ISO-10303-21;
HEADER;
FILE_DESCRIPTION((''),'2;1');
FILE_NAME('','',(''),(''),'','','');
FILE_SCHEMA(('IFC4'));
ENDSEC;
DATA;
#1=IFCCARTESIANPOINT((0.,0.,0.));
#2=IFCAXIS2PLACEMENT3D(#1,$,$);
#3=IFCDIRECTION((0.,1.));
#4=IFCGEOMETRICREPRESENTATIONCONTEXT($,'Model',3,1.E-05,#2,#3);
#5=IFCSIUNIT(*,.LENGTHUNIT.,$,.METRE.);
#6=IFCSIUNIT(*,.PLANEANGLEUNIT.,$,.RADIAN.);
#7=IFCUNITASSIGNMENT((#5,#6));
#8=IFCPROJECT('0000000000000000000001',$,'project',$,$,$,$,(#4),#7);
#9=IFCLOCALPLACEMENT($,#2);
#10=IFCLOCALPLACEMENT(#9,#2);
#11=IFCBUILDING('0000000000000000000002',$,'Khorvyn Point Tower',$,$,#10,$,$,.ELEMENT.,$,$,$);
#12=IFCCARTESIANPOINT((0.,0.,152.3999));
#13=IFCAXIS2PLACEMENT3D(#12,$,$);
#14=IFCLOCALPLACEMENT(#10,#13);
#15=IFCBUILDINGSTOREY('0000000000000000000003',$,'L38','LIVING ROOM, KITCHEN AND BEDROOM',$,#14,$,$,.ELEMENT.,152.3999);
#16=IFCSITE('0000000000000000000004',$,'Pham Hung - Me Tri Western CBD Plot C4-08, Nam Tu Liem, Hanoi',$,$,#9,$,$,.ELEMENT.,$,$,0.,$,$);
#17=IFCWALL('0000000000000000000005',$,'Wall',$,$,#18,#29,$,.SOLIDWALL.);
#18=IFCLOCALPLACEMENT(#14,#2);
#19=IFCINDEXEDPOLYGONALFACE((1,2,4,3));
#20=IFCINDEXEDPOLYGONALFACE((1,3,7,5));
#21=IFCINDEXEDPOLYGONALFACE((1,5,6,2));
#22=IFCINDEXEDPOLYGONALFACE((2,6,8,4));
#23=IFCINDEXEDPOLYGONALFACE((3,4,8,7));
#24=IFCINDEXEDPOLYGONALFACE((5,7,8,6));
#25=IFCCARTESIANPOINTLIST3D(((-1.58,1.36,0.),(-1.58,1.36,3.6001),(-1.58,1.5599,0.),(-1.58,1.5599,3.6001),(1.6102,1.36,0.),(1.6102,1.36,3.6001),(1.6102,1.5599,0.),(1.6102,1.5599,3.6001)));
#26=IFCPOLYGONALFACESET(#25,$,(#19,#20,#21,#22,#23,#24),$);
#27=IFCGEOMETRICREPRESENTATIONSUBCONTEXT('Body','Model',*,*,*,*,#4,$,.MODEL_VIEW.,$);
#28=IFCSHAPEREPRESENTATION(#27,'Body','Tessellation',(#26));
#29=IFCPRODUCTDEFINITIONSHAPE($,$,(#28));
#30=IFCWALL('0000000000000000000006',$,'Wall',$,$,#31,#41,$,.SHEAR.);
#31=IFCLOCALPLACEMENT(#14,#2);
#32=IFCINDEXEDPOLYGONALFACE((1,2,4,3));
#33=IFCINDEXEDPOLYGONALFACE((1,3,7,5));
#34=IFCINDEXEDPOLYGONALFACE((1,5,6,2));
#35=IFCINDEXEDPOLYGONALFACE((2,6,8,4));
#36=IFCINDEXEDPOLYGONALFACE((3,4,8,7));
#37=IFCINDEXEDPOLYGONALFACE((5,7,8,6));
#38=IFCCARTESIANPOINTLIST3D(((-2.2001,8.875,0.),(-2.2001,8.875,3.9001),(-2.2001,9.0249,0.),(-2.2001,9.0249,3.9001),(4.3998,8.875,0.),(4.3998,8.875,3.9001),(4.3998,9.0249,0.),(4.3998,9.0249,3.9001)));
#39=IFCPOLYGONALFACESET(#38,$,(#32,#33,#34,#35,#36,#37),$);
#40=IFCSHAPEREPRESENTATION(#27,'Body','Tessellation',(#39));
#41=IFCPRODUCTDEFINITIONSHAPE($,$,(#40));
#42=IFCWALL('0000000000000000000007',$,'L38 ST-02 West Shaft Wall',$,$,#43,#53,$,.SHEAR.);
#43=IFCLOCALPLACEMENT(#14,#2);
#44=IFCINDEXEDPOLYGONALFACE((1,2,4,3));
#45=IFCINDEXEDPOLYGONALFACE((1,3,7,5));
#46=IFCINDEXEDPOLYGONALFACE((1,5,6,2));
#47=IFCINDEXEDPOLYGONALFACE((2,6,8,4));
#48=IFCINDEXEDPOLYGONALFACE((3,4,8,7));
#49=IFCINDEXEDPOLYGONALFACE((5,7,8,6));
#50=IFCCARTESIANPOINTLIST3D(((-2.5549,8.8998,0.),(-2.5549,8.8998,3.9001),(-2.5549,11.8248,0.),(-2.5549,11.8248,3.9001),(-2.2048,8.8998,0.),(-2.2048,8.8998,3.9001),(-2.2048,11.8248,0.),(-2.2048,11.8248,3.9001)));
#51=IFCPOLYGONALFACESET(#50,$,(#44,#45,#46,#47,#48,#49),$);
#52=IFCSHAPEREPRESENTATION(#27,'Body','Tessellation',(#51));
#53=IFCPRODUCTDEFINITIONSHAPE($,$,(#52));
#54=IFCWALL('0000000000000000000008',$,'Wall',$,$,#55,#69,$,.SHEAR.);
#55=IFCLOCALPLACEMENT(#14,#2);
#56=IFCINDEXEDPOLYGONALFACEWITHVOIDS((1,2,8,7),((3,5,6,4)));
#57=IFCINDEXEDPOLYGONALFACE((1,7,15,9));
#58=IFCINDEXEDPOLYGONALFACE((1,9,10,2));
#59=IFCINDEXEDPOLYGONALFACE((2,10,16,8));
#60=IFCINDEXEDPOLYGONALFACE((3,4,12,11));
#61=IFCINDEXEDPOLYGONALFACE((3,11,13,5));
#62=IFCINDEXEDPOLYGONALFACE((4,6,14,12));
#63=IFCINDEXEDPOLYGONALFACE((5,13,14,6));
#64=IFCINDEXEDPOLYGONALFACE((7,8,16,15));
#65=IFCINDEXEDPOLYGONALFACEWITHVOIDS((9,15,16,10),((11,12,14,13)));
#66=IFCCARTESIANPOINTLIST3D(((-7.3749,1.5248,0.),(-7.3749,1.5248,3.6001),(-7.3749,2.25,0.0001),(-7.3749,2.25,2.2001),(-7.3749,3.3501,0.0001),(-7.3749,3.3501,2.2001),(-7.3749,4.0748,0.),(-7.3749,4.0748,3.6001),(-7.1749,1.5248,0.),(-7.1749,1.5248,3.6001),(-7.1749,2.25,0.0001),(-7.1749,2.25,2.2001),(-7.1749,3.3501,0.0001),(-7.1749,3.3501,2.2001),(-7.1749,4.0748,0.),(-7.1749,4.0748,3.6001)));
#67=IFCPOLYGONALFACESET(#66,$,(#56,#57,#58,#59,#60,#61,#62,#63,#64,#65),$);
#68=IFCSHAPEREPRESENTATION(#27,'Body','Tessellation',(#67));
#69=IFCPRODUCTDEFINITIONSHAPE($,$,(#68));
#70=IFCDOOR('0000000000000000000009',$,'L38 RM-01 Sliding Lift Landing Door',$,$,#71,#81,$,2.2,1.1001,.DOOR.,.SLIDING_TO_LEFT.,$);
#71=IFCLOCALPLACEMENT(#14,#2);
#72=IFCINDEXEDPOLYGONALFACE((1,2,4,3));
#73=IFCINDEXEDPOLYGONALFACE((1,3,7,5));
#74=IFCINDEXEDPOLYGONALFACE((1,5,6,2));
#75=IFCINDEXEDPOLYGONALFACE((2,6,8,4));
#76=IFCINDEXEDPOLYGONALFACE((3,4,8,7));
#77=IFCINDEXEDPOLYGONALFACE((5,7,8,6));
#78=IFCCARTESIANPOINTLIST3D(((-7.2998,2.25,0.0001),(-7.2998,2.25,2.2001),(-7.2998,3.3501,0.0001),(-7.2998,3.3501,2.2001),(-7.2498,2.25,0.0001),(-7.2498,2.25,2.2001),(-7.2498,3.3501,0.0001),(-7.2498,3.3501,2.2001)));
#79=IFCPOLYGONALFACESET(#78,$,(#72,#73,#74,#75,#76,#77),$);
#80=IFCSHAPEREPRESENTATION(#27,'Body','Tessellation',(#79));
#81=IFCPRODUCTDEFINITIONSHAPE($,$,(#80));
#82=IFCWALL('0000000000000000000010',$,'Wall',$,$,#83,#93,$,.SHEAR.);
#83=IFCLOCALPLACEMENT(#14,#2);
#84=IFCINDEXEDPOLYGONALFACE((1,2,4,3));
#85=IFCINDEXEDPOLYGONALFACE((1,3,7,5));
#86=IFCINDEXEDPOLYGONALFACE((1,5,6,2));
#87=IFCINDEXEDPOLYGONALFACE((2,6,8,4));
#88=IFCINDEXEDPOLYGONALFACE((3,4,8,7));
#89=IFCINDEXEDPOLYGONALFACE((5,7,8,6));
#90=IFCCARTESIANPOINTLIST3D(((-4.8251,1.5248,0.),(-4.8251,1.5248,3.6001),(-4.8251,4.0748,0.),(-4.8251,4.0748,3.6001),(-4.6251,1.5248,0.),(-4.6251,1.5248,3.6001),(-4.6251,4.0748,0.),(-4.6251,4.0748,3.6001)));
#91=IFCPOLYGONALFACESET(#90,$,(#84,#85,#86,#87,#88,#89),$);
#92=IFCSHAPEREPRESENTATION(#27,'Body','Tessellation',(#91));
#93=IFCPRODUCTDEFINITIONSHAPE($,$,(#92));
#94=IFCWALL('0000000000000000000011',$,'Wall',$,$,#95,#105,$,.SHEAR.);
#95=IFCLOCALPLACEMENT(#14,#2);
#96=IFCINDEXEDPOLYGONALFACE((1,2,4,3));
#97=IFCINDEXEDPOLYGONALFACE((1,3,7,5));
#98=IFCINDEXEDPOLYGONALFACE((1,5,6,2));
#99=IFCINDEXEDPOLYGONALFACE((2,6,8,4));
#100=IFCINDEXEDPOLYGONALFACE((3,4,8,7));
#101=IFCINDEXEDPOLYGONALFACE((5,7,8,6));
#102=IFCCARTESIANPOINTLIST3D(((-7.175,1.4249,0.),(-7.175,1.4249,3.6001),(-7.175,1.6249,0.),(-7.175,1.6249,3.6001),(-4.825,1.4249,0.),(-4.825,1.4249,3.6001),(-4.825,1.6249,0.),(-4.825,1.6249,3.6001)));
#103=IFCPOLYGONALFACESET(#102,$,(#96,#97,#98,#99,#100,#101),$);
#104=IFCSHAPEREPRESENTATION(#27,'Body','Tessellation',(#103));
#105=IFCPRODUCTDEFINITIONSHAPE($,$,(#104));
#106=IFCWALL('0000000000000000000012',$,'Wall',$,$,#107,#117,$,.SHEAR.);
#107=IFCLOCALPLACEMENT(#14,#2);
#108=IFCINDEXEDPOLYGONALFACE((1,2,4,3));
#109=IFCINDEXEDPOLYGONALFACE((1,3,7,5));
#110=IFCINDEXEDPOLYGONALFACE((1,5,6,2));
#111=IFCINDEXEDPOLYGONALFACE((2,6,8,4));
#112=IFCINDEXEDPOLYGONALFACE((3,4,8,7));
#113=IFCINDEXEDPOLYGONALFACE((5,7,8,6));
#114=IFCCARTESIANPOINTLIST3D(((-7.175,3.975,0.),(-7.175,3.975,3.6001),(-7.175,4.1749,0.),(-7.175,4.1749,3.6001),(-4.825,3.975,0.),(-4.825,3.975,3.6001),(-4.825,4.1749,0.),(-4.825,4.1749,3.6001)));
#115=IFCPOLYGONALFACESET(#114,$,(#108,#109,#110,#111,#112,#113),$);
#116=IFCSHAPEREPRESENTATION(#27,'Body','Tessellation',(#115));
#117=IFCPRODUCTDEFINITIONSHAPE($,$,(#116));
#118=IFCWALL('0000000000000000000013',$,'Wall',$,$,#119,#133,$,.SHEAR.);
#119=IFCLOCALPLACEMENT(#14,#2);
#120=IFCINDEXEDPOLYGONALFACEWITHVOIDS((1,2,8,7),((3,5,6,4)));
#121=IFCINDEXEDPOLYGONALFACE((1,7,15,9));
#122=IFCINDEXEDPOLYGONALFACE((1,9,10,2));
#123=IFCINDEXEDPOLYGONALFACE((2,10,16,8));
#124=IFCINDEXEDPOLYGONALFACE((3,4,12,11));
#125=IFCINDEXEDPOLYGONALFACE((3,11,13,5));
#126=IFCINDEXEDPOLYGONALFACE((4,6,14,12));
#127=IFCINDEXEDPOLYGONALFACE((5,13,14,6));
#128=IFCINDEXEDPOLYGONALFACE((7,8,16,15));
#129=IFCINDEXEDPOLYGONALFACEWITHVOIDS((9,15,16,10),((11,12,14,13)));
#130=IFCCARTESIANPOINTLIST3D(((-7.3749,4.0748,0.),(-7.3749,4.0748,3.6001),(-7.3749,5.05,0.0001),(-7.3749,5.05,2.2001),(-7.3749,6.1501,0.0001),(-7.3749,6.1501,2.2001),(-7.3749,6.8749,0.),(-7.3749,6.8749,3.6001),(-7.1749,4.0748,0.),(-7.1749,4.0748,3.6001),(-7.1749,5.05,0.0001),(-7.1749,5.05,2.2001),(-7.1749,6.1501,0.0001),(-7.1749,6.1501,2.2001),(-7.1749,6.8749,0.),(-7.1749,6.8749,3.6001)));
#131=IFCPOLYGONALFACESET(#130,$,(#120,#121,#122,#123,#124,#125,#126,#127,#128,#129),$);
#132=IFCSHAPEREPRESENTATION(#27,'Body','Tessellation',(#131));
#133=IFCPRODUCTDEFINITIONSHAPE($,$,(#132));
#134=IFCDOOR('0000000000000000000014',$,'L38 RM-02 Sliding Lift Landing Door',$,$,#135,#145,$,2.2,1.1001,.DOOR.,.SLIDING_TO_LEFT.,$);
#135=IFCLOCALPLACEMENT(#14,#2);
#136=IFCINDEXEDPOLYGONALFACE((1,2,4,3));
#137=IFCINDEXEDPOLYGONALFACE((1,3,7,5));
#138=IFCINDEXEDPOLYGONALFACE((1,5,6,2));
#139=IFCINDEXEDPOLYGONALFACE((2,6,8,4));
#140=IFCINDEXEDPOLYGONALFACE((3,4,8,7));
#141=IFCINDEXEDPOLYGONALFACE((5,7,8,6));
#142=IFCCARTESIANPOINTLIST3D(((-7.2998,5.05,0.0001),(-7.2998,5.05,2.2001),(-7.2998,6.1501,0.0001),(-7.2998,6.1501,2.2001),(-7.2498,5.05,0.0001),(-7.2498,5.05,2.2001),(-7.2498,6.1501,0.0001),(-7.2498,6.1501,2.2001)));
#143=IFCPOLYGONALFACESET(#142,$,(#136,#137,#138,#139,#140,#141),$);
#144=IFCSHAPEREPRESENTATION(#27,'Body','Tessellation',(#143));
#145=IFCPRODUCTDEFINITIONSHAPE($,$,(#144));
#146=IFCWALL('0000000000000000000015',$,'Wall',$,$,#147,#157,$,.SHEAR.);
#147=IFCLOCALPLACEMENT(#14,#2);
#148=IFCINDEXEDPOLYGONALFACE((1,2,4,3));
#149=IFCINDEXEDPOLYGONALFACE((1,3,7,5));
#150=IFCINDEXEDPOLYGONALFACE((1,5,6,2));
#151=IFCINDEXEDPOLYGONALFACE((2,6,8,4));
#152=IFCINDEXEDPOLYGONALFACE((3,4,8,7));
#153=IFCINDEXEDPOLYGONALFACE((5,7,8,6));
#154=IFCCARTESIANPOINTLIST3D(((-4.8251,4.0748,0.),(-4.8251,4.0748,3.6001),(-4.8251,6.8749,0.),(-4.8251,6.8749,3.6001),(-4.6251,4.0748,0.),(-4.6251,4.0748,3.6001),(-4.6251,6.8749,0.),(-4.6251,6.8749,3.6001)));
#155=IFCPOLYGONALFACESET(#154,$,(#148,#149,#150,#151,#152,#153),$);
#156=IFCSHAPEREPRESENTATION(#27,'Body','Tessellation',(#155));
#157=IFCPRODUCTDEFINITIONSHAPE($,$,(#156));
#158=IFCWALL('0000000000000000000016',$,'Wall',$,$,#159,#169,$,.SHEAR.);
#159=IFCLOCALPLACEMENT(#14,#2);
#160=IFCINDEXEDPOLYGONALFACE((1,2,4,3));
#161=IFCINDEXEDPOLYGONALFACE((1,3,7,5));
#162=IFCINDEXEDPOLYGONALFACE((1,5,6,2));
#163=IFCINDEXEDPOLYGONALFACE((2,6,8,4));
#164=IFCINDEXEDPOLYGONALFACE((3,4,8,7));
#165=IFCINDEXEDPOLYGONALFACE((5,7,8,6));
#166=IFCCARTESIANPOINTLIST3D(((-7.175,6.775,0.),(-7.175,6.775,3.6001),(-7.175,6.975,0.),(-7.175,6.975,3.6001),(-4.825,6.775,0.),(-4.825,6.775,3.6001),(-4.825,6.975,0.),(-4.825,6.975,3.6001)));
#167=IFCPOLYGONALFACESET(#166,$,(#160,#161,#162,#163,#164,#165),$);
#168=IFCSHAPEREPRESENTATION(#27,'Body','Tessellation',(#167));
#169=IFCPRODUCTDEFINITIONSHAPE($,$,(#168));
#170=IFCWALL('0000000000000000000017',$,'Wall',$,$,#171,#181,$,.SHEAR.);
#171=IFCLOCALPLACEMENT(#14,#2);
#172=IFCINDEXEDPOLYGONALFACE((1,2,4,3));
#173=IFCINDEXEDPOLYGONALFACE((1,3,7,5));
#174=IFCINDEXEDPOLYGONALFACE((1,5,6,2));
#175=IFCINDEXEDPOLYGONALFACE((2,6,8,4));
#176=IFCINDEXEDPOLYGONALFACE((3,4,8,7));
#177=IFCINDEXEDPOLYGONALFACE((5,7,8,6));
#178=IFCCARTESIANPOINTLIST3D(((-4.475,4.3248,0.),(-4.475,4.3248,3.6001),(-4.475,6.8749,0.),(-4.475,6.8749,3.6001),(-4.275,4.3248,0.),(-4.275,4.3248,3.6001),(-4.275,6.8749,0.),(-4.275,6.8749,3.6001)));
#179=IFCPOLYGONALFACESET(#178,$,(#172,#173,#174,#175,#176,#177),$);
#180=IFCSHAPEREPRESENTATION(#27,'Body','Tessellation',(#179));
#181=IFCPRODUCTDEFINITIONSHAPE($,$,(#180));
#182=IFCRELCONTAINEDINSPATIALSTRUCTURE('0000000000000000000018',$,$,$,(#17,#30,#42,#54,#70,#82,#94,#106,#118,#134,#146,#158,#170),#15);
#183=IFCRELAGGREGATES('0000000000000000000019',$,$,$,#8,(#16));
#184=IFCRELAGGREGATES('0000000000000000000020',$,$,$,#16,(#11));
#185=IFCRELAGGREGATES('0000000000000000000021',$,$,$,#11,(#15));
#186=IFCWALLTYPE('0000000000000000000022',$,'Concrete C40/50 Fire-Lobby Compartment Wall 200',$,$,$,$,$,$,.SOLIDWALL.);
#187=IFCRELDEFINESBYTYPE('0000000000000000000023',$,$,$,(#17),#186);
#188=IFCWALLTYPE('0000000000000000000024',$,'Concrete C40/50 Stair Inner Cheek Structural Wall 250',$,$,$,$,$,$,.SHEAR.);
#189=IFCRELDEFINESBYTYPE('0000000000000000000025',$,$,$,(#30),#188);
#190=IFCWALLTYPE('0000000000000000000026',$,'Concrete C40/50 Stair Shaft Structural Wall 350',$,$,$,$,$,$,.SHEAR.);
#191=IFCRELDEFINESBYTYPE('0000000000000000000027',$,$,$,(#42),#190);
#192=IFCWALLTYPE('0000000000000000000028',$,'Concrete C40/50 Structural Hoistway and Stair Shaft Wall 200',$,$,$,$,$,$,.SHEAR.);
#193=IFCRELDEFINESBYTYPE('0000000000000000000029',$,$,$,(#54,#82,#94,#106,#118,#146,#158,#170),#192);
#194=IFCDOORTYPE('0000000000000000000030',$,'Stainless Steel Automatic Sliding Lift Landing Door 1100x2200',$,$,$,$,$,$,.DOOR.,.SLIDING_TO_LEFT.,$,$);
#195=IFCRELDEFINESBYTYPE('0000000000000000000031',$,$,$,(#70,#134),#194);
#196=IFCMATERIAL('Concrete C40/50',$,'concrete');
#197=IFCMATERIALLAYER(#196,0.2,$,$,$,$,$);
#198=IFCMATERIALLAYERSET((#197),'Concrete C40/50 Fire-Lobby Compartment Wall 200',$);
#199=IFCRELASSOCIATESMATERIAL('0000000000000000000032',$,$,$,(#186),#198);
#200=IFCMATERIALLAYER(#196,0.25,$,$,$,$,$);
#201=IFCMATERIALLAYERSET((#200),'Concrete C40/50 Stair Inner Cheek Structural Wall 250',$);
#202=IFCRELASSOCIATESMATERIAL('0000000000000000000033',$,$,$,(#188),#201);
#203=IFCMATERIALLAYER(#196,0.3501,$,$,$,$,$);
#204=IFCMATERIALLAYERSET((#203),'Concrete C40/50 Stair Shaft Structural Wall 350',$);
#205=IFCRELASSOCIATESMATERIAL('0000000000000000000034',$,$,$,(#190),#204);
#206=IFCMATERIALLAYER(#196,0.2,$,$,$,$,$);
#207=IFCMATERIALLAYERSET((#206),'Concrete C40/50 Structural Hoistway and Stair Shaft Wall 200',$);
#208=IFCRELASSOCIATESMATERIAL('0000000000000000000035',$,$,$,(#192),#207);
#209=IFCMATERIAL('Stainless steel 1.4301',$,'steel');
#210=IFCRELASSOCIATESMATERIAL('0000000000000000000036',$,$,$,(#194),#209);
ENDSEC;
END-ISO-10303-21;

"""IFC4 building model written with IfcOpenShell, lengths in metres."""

from ifc_helpers import new_model, si_unit, direction, frame, frame_2d, origin, place, context, subcontext, project, spatial, rectangle, extrude, material, layer, layer_set, type_object, element, fill, save


model = new_model("IFC4")

# Units and contexts
model_context = context("Model", 3, precision=1e-05, world=origin(), true_north=direction((0.0, 1.0)))
body_context = subcontext(model_context, "Body", "Model", "MODEL_VIEW")
ifc_project = project(units=[si_unit("LENGTHUNIT", "METRE"), si_unit("PLANEANGLEUNIT", "RADIAN")], contexts=[model_context])

# Site, building, storey
site_placement = place(None, origin())
site = spatial("IfcSite", under=ifc_project, at=site_placement, Name="Pham Hung - Me Tri Western CBD Plot C4-08, Nam Tu Liem, Hanoi", CompositionType="ELEMENT", RefElevation=0.0)
building_placement = place(site_placement, origin())
building = spatial("IfcBuilding", under=site, at=building_placement, Name="Khorvyn Point Tower", CompositionType="ELEMENT")
storey_placement = place(building_placement, frame((0.0, 0.0, 152.3999)))
storey = spatial("IfcBuildingStorey", under=building, at=storey_placement, Name="L38", Description="LIVING ROOM, KITCHEN AND BEDROOM", CompositionType="ELEMENT", Elevation=152.3999)

# Shared definitions
ifc_material_1 = material(Name="Concrete C40/50", Category="concrete")

# Walls
ifc_layer_1 = layer(ifc_material_1, 0.2)
ifc_layer_set_1 = layer_set([ifc_layer_1], Name="Concrete C40/50 Fire-Lobby Compartment Wall 200")
wall_type_1 = type_object("IfcWallType", Name="Concrete C40/50 Fire-Lobby Compartment Wall 200", PredefinedType="SOLIDWALL", material=ifc_layer_set_1)
wall_1_placement = place(storey_placement, frame((-1.5801, 1.46, 0.0), z_axis=(0.0, 0.0, 1.0), x_axis=(1.0, 0.0, 0.0)))
element("IfcWall", 1, at=wall_1_placement, inside=storey, type_object=wall_type_1, Name="Wall", PredefinedType="SOLIDWALL", context=body_context, shape_type="SweptSolid", body=[
    extrude(rectangle(XDim=3.1902, YDim=0.2, at=frame_2d((1.5952, 0.0))), origin(), (0.0, 0.0, 1.0), 3.6001),
])
ifc_layer_2 = layer(ifc_material_1, 0.25)
ifc_layer_set_2 = layer_set([ifc_layer_2], Name="Concrete C40/50 Stair Inner Cheek Structural Wall 250")
wall_type_2 = type_object("IfcWallType", Name="Concrete C40/50 Stair Inner Cheek Structural Wall 250", PredefinedType="SHEAR", material=ifc_layer_set_2)
wall_2_placement = place(storey_placement, frame((-2.2, 8.95, 0.0), z_axis=(0.0, 0.0, 1.0), x_axis=(1.0, 0.0, 0.0)))
element("IfcWall", 2, at=wall_2_placement, inside=storey, type_object=wall_type_2, Name="Wall", PredefinedType="SHEAR", context=body_context, shape_type="SweptSolid", body=[
    extrude(rectangle(XDim=6.5999, YDim=0.1499, at=frame_2d((3.2998, 0.0))), origin(), (0.0, 0.0, 1.0), 3.9001),
])
ifc_layer_3 = layer(ifc_material_1, 0.3501)
ifc_layer_set_3 = layer_set([ifc_layer_3], Name="Concrete C40/50 Stair Shaft Structural Wall 350")
wall_type_3 = type_object("IfcWallType", Name="Concrete C40/50 Stair Shaft Structural Wall 350", PredefinedType="SHEAR", material=ifc_layer_set_3)
wall_3_placement = place(storey_placement, frame((-2.3799, 8.8999, 0.0), z_axis=(0.0, 0.0, 1.0), x_axis=(0.0, 1.0, 0.0)))
element("IfcWall", 3, at=wall_3_placement, inside=storey, type_object=wall_type_3, Name="L38 ST-02 West Shaft Wall", PredefinedType="SHEAR", context=body_context, shape_type="SweptSolid", body=[
    extrude(rectangle(XDim=2.925, YDim=0.3501, at=frame_2d((1.4624, 0.0))), origin(), (0.0, 0.0, 1.0), 3.9001),
])

# Wall, opening, door
ifc_layer_4 = layer(ifc_material_1, 0.2)
ifc_layer_set_4 = layer_set([ifc_layer_4], Name="Concrete C40/50 Structural Hoistway and Stair Shaft Wall 200")
wall_type_4 = type_object("IfcWallType", Name="Concrete C40/50 Structural Hoistway and Stair Shaft Wall 200", PredefinedType="SHEAR", material=ifc_layer_set_4)
wall_4_placement = place(storey_placement, frame((-7.2749, 1.5249, 0.0), z_axis=(0.0, 0.0, 1.0), x_axis=(0.0, 1.0, 0.0)))
wall_4 = element("IfcWall", 4, at=wall_4_placement, inside=storey, type_object=wall_type_4, Name="Wall", PredefinedType="SHEAR", context=body_context, shape_type="SweptSolid", body=[
    extrude(rectangle(XDim=2.55, YDim=0.2, at=frame_2d((1.2749, 0.0))), origin(), (0.0, 0.0, 1.0), 3.6001),
])
opening_1_placement = place(wall_4_placement, frame((0.7251, 0.0, 0.0)))
opening_1 = element("IfcOpeningElement", 5, at=opening_1_placement, cuts=wall_4, PredefinedType="OPENING", context=body_context, shape_type="SweptSolid", body=[
    extrude(rectangle(XDim=1.1001, YDim=2.2, at=frame_2d((0.55, 1.1001))), frame((0.0, 0.1099, 0.0), z_axis=(0.0, -1.0, 0.0), x_axis=(1.0, 0.0, 0.0)), (0.0, 0.0, 1.0), 0.22),
])
ifc_material_2 = material(Name="Stainless steel 1.4301", Category="steel")
door_type = type_object("IfcDoorType", Name="Stainless Steel Automatic Sliding Lift Landing Door 1100x2200", OperationType="SLIDING_TO_LEFT", PredefinedType="DOOR", material=ifc_material_2)
door_1_placement = place(opening_1_placement, origin())
door_1 = element("IfcDoor", 6, at=door_1_placement, inside=storey, type_object=door_type, Name="L38 RM-01 Sliding Lift Landing Door", OperationType="SLIDING_TO_LEFT", OverallHeight=2.2, OverallWidth=1.1001, PredefinedType="DOOR", context=body_context, shape_type="SweptSolid", body=[
    extrude(rectangle(XDim=1.1001, YDim=2.2, at=frame_2d((0.55, 1.1001))), frame((0.0, 0.0249, 0.0), z_axis=(0.0, -1.0, 0.0), x_axis=(1.0, 0.0, 0.0)), (0.0, 0.0, 1.0), 0.05),
])
fill(opening_1, door_1)

# Walls
wall_5_placement = place(storey_placement, frame((-4.7251, 1.5249, 0.0), z_axis=(0.0, 0.0, 1.0), x_axis=(0.0, 1.0, 0.0)))
element("IfcWall", 7, at=wall_5_placement, inside=storey, type_object=wall_type_4, Name="Wall", PredefinedType="SHEAR", context=body_context, shape_type="SweptSolid", body=[
    extrude(rectangle(XDim=2.55, YDim=0.2, at=frame_2d((1.2749, 0.0))), origin(), (0.0, 0.0, 1.0), 3.6001),
])
for number, where, z_axis, x_axis, name in (
    (8, (-7.175, 1.5249, 0.0), (0.0, 0.0, 1.0), (1.0, 0.0, 0.0), "Wall"),
    (9, (-7.175, 4.075, 0.0), (0.0, 0.0, 1.0), (1.0, 0.0, 0.0), "Wall"),
):
    element("IfcWall", number, at=place(storey_placement, frame(where, z_axis=z_axis, x_axis=x_axis)), inside=storey, type_object=wall_type_4, Name=name, PredefinedType="SHEAR", context=body_context, shape_type="SweptSolid", body=[
        extrude(rectangle(XDim=2.3501, YDim=0.2, at=frame_2d((1.175, 0.0))), origin(), (0.0, 0.0, 1.0), 3.6001),
    ])

# Wall, opening, door
wall_6_placement = place(storey_placement, frame((-7.2749, 4.075, 0.0), z_axis=(0.0, 0.0, 1.0), x_axis=(0.0, 1.0, 0.0)))
wall_6 = element("IfcWall", 10, at=wall_6_placement, inside=storey, type_object=wall_type_4, Name="Wall", PredefinedType="SHEAR", context=body_context, shape_type="SweptSolid", body=[
    extrude(rectangle(XDim=2.8, YDim=0.2, at=frame_2d((1.3999, 0.0))), origin(), (0.0, 0.0, 1.0), 3.6001),
])
opening_2_placement = place(wall_6_placement, frame((0.9751, 0.0, 0.0)))
opening_2 = element("IfcOpeningElement", 11, at=opening_2_placement, cuts=wall_6, PredefinedType="OPENING", context=body_context, shape_type="SweptSolid", body=[
    extrude(rectangle(XDim=1.1001, YDim=2.2, at=frame_2d((0.55, 1.1001))), frame((0.0, 0.1099, 0.0), z_axis=(0.0, -1.0, 0.0), x_axis=(1.0, 0.0, 0.0)), (0.0, 0.0, 1.0), 0.22),
])
door_2_placement = place(opening_2_placement, origin())
door_2 = element("IfcDoor", 12, at=door_2_placement, inside=storey, type_object=door_type, Name="L38 RM-02 Sliding Lift Landing Door", OperationType="SLIDING_TO_LEFT", OverallHeight=2.2, OverallWidth=1.1001, PredefinedType="DOOR", context=body_context, shape_type="SweptSolid", body=[
    extrude(rectangle(XDim=1.1001, YDim=2.2, at=frame_2d((0.55, 1.1001))), frame((0.0, 0.0249, 0.0), z_axis=(0.0, -1.0, 0.0), x_axis=(1.0, 0.0, 0.0)), (0.0, 0.0, 1.0), 0.05),
])
fill(opening_2, door_2)

# Walls
wall_7_placement = place(storey_placement, frame((-4.7251, 4.075, 0.0), z_axis=(0.0, 0.0, 1.0), x_axis=(0.0, 1.0, 0.0)))
element("IfcWall", 13, at=wall_7_placement, inside=storey, type_object=wall_type_4, Name="Wall", PredefinedType="SHEAR", context=body_context, shape_type="SweptSolid", body=[
    extrude(rectangle(XDim=2.8, YDim=0.2, at=frame_2d((1.3999, 0.0))), origin(), (0.0, 0.0, 1.0), 3.6001),
])
wall_8_placement = place(storey_placement, frame((-7.175, 6.875, 0.0), z_axis=(0.0, 0.0, 1.0), x_axis=(1.0, 0.0, 0.0)))
element("IfcWall", 14, at=wall_8_placement, inside=storey, type_object=wall_type_4, Name="Wall", PredefinedType="SHEAR", context=body_context, shape_type="SweptSolid", body=[
    extrude(rectangle(XDim=2.3501, YDim=0.2, at=frame_2d((1.175, 0.0))), origin(), (0.0, 0.0, 1.0), 3.6001),
])
for number, where, z_axis, x_axis, name in (
    (15, (-4.375, 4.325, 0.0), (0.0, 0.0, 1.0), (0.0, 1.0, 0.0), "Wall"),
):
    element("IfcWall", number, at=place(storey_placement, frame(where, z_axis=z_axis, x_axis=x_axis)), inside=storey, type_object=wall_type_4, Name=name, PredefinedType="SHEAR", context=body_context, shape_type="SweptSolid", body=[
        extrude(rectangle(XDim=2.55, YDim=0.2, at=frame_2d((1.2749, 0.0))), origin(), (0.0, 0.0, 1.0), 3.6001),
    ])

save(model, "model.ifc")
